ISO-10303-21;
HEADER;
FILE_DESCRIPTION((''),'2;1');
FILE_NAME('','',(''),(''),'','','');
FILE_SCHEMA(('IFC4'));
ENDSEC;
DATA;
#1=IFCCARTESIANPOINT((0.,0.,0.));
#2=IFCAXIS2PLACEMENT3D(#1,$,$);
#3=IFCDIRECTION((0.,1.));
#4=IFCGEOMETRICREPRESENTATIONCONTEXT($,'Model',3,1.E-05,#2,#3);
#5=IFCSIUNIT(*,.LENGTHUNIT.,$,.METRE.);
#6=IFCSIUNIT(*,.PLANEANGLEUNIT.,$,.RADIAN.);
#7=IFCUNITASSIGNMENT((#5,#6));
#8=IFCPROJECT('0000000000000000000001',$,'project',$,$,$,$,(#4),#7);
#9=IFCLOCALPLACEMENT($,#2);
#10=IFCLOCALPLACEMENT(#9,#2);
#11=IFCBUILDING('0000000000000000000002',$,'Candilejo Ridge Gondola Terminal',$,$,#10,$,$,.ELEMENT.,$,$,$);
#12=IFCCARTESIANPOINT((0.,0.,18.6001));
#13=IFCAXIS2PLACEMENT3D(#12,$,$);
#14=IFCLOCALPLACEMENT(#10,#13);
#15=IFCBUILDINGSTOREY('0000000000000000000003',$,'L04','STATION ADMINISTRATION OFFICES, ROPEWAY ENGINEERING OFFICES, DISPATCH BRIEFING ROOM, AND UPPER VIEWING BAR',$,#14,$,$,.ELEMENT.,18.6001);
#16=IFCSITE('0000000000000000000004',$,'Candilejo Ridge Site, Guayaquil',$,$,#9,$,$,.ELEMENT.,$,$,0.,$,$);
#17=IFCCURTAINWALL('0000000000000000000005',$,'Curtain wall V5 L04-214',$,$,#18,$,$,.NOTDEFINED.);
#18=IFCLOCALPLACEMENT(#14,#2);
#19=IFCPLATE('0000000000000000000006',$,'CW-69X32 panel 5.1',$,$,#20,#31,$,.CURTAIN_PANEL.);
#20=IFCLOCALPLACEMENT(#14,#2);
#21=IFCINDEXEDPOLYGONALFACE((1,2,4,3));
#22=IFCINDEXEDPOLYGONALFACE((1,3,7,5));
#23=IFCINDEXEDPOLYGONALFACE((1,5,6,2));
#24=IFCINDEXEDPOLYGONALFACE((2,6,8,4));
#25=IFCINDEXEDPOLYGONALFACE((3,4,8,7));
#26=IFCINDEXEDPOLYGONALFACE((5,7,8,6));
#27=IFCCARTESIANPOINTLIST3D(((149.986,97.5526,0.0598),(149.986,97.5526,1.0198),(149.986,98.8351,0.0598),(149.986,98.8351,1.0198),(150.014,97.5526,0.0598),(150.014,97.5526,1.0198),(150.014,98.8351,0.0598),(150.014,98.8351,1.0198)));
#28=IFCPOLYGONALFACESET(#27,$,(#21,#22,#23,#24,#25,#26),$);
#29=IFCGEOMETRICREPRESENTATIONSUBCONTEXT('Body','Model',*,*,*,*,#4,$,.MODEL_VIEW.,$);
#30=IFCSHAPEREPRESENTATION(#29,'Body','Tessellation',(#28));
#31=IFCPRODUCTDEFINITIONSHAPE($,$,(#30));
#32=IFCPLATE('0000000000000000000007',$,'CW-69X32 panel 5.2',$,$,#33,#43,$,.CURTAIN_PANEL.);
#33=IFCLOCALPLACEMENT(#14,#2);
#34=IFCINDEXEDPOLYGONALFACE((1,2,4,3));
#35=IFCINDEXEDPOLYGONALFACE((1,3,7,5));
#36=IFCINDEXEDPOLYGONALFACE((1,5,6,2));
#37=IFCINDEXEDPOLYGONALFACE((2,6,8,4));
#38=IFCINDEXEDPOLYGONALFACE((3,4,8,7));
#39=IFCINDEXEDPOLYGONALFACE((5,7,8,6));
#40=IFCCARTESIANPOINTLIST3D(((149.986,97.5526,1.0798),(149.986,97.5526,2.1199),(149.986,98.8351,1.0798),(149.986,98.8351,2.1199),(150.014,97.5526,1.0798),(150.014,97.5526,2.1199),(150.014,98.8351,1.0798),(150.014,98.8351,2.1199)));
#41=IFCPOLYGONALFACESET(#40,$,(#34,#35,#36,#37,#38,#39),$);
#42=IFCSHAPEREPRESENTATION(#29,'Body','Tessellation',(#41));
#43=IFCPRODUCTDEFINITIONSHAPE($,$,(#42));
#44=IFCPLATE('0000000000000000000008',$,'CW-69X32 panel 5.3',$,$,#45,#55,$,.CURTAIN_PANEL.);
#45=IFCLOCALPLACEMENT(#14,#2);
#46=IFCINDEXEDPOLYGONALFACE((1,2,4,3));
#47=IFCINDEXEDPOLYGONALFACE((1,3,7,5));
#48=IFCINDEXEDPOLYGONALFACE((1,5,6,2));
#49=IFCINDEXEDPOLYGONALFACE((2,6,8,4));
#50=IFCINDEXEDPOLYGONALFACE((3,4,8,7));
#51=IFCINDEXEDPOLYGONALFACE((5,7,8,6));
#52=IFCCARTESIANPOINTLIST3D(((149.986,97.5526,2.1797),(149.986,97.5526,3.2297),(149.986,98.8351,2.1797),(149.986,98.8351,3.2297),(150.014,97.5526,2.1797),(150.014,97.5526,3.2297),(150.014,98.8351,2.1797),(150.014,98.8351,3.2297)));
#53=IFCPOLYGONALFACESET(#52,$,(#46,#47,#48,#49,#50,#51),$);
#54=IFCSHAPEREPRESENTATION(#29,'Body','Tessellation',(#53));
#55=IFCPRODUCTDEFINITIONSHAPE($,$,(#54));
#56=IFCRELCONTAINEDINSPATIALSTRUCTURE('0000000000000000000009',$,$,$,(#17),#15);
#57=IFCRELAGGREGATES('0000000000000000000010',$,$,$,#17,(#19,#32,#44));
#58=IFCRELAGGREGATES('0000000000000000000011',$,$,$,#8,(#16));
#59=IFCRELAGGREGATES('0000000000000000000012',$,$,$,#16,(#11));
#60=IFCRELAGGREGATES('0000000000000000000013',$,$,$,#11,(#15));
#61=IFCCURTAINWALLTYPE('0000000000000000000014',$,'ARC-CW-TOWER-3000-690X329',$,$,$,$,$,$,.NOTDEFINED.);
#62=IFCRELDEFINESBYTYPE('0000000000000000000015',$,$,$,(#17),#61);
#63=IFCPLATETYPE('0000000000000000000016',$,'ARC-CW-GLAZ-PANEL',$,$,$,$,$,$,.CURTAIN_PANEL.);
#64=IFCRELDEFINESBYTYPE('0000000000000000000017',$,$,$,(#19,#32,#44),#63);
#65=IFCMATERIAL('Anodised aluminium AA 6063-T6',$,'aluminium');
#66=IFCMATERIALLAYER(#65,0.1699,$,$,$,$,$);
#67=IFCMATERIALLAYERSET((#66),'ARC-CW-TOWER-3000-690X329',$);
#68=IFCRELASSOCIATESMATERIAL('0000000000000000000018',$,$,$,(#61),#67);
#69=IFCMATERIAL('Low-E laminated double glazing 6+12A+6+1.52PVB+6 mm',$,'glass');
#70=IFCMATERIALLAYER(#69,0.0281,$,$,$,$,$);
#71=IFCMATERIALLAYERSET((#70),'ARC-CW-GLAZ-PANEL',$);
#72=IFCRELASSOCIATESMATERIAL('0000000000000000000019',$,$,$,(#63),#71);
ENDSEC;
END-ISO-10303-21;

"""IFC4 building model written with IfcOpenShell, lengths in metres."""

from ifc_helpers import new_model, si_unit, direction, frame, origin, origin_2d, place, context, subcontext, project, spatial, rectangle, extrude, material, layer, layer_set, type_object, element, aggregate, save


model = new_model("IFC4")

# Units and contexts
model_context = context("Model", 3, precision=1e-05, world=origin(), true_north=direction((0.0, 1.0)))
body_context = subcontext(model_context, "Body", "Model", "MODEL_VIEW")
ifc_project = project(units=[si_unit("LENGTHUNIT", "METRE"), si_unit("PLANEANGLEUNIT", "RADIAN")], contexts=[model_context])

# Site, building, storey
site_placement = place(None, origin())
site = spatial("IfcSite", under=ifc_project, at=site_placement, Name="Candilejo Ridge Site, Guayaquil", CompositionType="ELEMENT", RefElevation=0.0)
building_placement = place(site_placement, origin())
building = spatial("IfcBuilding", under=site, at=building_placement, Name="Candilejo Ridge Gondola Terminal", CompositionType="ELEMENT")
storey_placement = place(building_placement, frame((0.0, 0.0, 18.6001)))
storey = spatial("IfcBuildingStorey", under=building, at=storey_placement, Name="L04", Description="STATION ADMINISTRATION OFFICES, ROPEWAY ENGINEERING OFFICES, DISPATCH BRIEFING ROOM, AND UPPER VIEWING BAR", CompositionType="ELEMENT", Elevation=18.6001)

# Curtain wall
ifc_material_1 = material(Name="Anodised aluminium AA 6063-T6", Category="aluminium")
ifc_layer_1 = layer(ifc_material_1, 0.1699)
ifc_layer_set_1 = layer_set([ifc_layer_1], Name="ARC-CW-TOWER-3000-690X329")
curtain_wall_type_1 = type_object("IfcCurtainWallType", Name="ARC-CW-TOWER-3000-690X329", PredefinedType="NOTDEFINED", material=ifc_layer_set_1)
curtain_wall_1_placement = place(storey_placement, origin())
curtain_wall_1 = element("IfcCurtainWall", 1, at=curtain_wall_1_placement, inside=storey, type_object=curtain_wall_type_1, Name="Curtain wall V5 L04-214", PredefinedType="NOTDEFINED")

# Plates
ifc_material_2 = material(Name="Low-E laminated double glazing 6+12A+6+1.52PVB+6 mm", Category="glass")
ifc_layer_2 = layer(ifc_material_2, 0.0281)
ifc_layer_set_2 = layer_set([ifc_layer_2], Name="ARC-CW-GLAZ-PANEL")
plate_type = type_object("IfcPlateType", Name="ARC-CW-GLAZ-PANEL", PredefinedType="CURTAIN_PANEL", material=ifc_layer_set_2)
plate_1_placement = place(storey_placement, frame((150.0, 98.1938, 0.0598), z_axis=(0.0, 0.0, 1.0), x_axis=(0.0, 1.0, 0.0)))
plate_1 = element("IfcPlate", 2, at=plate_1_placement, type_object=plate_type, Name="CW-69X32 panel 5.1", PredefinedType="CURTAIN_PANEL", context=body_context, shape_type="SweptSolid", body=[
    extrude(rectangle(XDim=1.2825, YDim=0.0281, at=origin_2d()), origin(), (0.0, 0.0, 1.0), 0.96),
])
plate_2_placement = place(storey_placement, frame((150.0, 98.1938, 1.0798), z_axis=(0.0, 0.0, 1.0), x_axis=(0.0, 1.0, 0.0)))
plate_2 = element("IfcPlate", 3, at=plate_2_placement, type_object=plate_type, Name="CW-69X32 panel 5.2", PredefinedType="CURTAIN_PANEL", context=body_context, shape_type="SweptSolid", body=[
    extrude(rectangle(XDim=1.2825, YDim=0.0281, at=origin_2d()), origin(), (0.0, 0.0, 1.0), 1.04),
])
plate_3_placement = place(storey_placement, frame((150.0, 98.1938, 2.1797), z_axis=(0.0, 0.0, 1.0), x_axis=(0.0, 1.0, 0.0)))
plate_3 = element("IfcPlate", 4, at=plate_3_placement, type_object=plate_type, Name="CW-69X32 panel 5.3", PredefinedType="CURTAIN_PANEL", context=body_context, shape_type="SweptSolid", body=[
    extrude(rectangle(XDim=1.2825, YDim=0.0281, at=origin_2d()), origin(), (0.0, 0.0, 1.0), 1.05),
])
aggregate(curtain_wall_1, [plate_1, plate_2, plate_3])

save(model, "model.ifc")
